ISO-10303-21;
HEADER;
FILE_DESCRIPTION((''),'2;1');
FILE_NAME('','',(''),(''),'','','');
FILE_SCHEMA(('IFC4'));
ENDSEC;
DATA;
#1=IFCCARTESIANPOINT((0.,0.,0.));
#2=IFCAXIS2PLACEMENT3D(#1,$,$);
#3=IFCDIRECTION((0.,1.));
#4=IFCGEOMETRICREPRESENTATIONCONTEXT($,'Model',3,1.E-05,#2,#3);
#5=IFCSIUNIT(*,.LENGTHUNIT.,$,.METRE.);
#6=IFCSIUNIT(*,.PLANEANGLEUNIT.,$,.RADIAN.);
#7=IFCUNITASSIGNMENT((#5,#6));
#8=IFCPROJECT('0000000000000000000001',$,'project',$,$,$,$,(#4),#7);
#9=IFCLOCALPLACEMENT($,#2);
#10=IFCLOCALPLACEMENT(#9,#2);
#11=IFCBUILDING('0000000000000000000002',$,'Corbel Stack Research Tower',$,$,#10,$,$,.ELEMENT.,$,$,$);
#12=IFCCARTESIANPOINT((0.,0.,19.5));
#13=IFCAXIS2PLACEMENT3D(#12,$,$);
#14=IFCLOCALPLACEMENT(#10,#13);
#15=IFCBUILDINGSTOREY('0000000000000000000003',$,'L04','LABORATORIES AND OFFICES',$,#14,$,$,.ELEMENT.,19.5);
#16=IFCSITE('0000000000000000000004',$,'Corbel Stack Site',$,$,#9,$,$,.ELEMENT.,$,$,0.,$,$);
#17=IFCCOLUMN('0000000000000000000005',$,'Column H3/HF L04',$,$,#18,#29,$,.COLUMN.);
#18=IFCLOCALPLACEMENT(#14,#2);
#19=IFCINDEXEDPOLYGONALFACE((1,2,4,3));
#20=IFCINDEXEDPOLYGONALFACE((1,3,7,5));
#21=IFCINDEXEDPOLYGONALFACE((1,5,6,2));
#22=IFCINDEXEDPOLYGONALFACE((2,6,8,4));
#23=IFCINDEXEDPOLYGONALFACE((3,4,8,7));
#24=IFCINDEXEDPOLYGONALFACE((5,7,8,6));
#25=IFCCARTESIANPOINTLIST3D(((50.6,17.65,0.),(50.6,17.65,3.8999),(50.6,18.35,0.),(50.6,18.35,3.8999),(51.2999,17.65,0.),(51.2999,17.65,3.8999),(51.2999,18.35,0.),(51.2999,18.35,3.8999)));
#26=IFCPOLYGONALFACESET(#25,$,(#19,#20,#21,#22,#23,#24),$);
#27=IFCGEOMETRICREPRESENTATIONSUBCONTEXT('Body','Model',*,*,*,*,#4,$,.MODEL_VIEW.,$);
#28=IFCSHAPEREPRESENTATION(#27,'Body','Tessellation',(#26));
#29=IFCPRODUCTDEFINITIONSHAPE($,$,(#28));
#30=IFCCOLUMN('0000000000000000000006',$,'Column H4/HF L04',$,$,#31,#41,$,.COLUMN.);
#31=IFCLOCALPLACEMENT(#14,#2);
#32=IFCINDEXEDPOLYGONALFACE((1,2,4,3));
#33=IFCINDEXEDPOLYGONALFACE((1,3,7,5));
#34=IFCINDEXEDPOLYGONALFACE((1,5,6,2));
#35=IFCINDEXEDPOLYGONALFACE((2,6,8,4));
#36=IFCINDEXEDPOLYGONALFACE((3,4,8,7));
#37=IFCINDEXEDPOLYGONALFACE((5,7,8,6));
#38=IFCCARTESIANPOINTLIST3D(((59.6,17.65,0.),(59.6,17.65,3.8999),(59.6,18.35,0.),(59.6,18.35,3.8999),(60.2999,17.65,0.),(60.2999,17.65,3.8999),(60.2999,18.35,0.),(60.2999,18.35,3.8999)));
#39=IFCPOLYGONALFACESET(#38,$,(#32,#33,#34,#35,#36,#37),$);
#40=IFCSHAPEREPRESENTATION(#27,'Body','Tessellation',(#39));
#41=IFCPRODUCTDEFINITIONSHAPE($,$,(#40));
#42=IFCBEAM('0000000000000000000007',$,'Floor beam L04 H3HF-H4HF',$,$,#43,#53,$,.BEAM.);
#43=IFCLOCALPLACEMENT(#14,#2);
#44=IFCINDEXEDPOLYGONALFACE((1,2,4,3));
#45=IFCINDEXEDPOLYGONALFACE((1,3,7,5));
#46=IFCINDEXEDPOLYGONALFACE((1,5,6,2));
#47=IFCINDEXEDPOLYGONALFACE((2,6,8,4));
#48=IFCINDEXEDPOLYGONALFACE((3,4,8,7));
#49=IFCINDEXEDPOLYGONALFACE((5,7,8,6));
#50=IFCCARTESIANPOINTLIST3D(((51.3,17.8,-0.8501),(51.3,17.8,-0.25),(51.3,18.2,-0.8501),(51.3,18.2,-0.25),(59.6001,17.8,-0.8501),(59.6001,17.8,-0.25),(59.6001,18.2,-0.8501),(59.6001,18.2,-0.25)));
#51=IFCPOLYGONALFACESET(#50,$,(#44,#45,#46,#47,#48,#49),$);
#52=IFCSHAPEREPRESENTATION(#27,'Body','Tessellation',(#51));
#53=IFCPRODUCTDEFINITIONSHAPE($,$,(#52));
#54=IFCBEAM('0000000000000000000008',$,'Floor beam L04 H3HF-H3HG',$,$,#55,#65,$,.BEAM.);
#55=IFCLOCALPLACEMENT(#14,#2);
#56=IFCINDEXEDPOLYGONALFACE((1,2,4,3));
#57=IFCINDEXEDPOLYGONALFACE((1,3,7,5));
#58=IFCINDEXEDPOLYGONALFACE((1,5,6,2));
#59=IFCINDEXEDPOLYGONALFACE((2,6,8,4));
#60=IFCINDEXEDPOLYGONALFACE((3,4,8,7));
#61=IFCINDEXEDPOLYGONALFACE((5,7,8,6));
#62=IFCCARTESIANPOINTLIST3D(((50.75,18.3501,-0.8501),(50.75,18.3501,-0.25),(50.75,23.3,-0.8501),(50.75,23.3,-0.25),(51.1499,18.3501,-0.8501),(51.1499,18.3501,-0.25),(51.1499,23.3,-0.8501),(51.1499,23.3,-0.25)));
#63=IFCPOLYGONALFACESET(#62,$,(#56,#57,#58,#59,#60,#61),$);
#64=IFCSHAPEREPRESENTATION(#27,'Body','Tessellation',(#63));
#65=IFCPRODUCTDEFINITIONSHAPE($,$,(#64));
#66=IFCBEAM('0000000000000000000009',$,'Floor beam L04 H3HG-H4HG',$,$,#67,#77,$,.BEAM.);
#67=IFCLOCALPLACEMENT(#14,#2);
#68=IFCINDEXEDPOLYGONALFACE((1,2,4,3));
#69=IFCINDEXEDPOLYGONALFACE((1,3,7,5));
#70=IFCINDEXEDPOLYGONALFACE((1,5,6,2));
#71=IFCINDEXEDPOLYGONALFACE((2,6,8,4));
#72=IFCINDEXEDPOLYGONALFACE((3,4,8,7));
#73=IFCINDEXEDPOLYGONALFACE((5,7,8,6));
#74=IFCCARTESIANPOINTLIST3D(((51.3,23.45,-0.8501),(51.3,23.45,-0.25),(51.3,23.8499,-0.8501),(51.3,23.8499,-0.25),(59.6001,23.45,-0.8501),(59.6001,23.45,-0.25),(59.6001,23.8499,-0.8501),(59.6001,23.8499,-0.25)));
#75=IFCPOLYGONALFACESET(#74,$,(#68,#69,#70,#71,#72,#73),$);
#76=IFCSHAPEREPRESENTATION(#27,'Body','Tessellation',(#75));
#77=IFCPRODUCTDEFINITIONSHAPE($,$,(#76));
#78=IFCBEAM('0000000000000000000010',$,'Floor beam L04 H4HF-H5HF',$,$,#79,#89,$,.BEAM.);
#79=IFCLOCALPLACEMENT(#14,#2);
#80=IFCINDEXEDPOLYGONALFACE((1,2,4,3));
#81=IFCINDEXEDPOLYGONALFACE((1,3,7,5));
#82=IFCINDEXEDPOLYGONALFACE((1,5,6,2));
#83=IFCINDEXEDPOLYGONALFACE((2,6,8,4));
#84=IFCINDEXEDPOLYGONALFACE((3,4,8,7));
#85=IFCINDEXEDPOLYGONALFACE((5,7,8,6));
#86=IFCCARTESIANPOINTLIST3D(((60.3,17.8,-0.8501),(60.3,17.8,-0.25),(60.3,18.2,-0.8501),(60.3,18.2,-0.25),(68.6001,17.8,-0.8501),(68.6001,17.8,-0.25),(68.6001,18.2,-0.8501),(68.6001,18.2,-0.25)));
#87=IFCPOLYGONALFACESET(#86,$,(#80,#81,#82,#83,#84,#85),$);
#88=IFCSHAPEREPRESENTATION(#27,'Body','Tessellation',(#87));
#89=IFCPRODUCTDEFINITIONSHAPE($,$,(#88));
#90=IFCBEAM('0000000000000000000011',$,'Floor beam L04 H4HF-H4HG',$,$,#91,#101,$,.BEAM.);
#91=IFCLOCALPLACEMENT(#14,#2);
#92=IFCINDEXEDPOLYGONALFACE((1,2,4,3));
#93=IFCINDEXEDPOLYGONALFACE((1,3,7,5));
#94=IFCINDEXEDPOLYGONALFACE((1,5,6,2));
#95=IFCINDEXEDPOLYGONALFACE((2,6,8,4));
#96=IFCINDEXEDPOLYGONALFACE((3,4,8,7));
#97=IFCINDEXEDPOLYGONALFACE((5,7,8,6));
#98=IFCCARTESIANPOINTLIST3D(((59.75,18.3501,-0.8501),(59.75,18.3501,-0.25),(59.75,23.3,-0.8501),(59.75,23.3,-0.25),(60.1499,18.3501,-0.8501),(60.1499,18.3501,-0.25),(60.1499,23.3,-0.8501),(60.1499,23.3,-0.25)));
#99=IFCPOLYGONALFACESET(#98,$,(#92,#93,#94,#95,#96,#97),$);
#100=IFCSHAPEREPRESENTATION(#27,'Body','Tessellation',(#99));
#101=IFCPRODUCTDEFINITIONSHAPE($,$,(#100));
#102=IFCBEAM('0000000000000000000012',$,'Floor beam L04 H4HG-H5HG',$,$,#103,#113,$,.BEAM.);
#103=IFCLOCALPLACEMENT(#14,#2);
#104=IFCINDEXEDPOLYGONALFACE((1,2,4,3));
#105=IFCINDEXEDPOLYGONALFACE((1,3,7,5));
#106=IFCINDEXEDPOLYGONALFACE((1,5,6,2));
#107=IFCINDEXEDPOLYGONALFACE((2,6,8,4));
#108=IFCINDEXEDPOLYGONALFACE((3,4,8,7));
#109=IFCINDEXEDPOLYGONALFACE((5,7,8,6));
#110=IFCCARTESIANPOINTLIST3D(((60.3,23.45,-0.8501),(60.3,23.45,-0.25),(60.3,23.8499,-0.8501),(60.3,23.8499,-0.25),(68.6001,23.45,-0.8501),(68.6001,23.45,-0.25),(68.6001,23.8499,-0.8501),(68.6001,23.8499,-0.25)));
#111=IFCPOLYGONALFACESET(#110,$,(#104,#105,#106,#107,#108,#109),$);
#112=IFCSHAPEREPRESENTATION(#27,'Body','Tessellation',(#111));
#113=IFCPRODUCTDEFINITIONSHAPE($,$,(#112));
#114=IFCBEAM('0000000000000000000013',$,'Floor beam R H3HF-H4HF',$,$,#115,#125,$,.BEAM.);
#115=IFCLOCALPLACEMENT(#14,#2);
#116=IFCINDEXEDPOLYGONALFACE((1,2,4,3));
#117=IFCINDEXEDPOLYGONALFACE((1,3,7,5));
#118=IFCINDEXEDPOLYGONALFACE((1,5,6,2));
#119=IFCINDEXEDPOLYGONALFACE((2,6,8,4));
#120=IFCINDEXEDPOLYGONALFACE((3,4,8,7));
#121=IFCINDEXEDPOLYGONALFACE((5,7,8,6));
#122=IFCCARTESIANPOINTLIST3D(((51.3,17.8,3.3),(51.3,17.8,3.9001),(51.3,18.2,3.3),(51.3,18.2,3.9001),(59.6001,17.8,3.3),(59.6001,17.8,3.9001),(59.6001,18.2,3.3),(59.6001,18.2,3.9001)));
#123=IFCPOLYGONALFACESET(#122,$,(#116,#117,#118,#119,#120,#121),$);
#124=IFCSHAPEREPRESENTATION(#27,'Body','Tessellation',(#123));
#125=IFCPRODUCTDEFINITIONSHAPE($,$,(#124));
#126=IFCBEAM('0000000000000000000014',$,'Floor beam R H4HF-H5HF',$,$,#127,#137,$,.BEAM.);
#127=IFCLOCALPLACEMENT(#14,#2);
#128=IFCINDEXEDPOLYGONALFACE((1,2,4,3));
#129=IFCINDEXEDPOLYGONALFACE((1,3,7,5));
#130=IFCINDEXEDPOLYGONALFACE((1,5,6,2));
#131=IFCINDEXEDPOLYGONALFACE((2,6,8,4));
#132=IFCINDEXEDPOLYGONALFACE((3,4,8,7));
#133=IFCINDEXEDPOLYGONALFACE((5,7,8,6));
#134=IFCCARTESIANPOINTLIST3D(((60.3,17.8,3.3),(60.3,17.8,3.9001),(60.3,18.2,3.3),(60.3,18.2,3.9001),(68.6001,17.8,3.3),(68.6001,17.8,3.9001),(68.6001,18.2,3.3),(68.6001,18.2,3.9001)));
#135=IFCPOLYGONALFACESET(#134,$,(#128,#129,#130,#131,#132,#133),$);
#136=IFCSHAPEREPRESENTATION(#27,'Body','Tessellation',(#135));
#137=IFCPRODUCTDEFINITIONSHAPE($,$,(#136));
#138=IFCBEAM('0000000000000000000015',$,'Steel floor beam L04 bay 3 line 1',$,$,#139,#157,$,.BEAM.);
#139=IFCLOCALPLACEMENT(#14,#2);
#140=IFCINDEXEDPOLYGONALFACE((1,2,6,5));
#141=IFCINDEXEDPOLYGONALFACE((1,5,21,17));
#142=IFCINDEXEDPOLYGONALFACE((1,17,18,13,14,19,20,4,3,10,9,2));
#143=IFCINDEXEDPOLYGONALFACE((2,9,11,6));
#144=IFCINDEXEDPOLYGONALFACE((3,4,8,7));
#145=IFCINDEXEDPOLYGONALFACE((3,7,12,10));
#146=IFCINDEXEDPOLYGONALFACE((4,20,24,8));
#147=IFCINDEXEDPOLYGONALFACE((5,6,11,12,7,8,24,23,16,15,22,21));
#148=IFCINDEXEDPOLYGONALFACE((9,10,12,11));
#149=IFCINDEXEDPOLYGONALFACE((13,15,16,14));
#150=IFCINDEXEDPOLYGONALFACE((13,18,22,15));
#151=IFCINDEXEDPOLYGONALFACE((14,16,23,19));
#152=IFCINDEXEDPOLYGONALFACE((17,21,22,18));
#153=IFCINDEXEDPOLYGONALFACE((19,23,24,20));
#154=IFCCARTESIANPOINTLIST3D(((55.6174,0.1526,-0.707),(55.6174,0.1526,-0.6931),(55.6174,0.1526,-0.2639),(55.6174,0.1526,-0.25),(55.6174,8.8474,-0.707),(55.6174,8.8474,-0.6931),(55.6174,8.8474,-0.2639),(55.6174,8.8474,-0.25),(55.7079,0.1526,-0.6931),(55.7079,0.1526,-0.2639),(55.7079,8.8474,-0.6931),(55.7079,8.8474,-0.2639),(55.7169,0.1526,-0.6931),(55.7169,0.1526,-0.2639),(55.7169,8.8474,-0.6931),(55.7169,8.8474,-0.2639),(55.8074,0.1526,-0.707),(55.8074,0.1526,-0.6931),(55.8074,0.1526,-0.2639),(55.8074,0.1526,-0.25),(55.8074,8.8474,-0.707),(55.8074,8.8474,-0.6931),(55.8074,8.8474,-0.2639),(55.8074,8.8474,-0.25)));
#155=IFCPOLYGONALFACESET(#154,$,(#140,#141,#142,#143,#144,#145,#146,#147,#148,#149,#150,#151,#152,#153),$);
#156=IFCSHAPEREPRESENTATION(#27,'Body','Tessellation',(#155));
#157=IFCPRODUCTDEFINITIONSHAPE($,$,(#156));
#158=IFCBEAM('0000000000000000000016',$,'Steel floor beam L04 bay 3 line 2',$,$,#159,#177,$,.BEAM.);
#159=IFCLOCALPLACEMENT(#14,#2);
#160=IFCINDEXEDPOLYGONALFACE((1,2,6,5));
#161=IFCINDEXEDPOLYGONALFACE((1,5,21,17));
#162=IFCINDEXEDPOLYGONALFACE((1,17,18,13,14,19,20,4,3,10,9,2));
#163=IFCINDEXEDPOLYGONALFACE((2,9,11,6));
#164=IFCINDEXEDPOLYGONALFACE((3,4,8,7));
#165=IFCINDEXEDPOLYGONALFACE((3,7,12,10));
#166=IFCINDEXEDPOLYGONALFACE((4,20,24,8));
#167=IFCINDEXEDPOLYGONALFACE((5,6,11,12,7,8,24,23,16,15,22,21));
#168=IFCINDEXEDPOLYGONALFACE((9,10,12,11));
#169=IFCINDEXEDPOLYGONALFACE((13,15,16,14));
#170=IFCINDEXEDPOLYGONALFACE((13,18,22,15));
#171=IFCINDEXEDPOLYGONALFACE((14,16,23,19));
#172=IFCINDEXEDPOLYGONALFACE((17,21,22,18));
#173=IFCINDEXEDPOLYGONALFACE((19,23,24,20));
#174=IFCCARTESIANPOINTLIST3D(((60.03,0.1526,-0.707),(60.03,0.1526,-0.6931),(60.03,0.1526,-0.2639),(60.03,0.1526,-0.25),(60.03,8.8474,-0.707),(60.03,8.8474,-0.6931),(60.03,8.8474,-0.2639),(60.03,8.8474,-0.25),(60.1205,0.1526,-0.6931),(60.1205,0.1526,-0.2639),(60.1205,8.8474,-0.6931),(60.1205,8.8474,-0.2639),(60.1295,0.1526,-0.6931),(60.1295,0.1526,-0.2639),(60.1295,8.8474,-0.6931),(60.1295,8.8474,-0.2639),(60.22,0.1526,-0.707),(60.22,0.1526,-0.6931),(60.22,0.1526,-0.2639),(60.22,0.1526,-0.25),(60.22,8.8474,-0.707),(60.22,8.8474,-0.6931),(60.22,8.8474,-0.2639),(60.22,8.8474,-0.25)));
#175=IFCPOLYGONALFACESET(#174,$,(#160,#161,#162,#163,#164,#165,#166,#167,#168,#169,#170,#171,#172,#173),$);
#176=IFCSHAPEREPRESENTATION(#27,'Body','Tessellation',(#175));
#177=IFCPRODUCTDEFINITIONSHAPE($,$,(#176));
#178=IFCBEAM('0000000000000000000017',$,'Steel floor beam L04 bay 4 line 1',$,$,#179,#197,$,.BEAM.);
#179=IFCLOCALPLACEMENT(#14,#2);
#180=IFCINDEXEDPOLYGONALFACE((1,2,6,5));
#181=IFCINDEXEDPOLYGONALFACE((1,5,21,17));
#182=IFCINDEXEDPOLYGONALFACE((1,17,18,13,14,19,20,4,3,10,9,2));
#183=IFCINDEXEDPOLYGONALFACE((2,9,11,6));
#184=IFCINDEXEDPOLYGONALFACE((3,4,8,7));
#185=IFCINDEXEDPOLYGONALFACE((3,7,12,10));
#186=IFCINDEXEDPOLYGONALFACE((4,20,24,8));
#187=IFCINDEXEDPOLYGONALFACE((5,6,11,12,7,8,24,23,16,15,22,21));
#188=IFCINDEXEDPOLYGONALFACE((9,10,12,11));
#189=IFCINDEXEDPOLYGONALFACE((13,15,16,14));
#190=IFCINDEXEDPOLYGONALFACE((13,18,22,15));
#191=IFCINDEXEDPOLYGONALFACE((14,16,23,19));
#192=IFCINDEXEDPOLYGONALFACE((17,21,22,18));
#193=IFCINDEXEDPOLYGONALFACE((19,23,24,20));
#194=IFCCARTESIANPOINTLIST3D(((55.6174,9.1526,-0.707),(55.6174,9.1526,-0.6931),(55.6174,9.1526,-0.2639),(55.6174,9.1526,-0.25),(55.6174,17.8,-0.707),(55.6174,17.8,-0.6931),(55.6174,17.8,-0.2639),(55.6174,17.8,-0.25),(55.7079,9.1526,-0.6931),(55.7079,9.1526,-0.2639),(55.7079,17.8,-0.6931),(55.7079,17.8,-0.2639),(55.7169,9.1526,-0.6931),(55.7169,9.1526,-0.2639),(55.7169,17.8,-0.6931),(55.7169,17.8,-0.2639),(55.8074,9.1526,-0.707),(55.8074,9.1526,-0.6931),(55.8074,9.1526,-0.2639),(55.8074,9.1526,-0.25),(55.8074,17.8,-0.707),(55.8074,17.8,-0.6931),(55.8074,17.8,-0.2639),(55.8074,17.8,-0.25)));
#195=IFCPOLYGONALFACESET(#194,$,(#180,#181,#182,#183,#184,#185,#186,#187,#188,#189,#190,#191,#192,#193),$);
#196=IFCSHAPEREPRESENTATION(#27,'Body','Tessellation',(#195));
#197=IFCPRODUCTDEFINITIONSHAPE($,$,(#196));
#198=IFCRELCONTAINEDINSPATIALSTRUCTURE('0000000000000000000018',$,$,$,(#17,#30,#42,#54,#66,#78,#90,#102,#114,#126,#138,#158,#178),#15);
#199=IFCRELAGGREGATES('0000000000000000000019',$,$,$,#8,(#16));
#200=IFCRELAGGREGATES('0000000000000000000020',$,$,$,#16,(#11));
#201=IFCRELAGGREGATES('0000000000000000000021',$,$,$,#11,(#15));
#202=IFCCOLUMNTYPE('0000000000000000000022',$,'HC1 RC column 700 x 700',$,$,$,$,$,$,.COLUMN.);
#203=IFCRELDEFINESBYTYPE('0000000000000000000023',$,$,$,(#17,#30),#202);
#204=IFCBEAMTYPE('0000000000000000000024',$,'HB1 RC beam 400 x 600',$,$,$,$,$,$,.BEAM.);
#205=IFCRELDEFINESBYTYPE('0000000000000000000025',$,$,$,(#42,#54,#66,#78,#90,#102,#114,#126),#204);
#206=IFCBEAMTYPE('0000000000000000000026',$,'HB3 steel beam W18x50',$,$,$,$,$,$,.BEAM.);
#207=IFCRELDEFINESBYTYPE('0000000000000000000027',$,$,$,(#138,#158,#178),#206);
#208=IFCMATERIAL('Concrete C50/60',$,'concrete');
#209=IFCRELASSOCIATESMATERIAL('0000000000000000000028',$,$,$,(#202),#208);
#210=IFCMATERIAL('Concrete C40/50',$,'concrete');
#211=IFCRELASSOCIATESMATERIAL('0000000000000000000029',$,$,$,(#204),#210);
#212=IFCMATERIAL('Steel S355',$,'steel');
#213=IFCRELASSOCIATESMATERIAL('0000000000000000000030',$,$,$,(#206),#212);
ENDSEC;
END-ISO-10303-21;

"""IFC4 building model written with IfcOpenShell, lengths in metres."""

from ifc_helpers import new_model, si_unit, direction, frame, origin, origin_2d, place, context, subcontext, project, spatial, rectangle, i_section, extrude, material, material_profile, profile_set, type_object, element, save


model = new_model("IFC4")

# Units and contexts
model_context = context("Model", 3, precision=1e-05, world=origin(), true_north=direction((0.0, 1.0)))
body_context = subcontext(model_context, "Body", "Model", "MODEL_VIEW")
ifc_project = project(units=[si_unit("LENGTHUNIT", "METRE"), si_unit("PLANEANGLEUNIT", "RADIAN")], contexts=[model_context])

# Site, building, storey
site_placement = place(None, origin())
site = spatial("IfcSite", under=ifc_project, at=site_placement, Name="Corbel Stack Site", CompositionType="ELEMENT", RefElevation=0.0)
building_placement = place(site_placement, origin())
building = spatial("IfcBuilding", under=site, at=building_placement, Name="Corbel Stack Research Tower", CompositionType="ELEMENT")
storey_placement = place(building_placement, frame((0.0, 0.0, 19.5)))
storey = spatial("IfcBuildingStorey", under=building, at=storey_placement, Name="L04", Description="LABORATORIES AND OFFICES", CompositionType="ELEMENT", Elevation=19.5)

# Columns
ifc_material_1 = material(Name="Concrete C50/60", Category="concrete")
ifc_material_profile_1 = material_profile(ifc_material_1, rectangle(XDim=0.7, YDim=0.7, at=origin_2d()), Name="RC 700 x 700")
ifc_profile_set_1 = profile_set([ifc_material_profile_1], Name="Concrete C50/60")
column_type = type_object("IfcColumnType", Name="HC1 RC column 700 x 700", PredefinedType="COLUMN", material=ifc_profile_set_1)
for number, where, z_axis, x_axis, name in (
    (1, (50.95, 18.0, 0.0), (0.0, 0.0, 1.0), (1.0, 0.0, 0.0), "Column H3/HF L04"),
    (2, (59.95, 18.0, 0.0), (0.0, 0.0, 1.0), (1.0, 0.0, 0.0), "Column H4/HF L04"),
):
    element("IfcColumn", number, at=place(storey_placement, frame(where, z_axis=z_axis, x_axis=x_axis)), inside=storey, type_object=column_type, Name=name, PredefinedType="COLUMN", context=body_context, shape_type="SweptSolid", body=[
        extrude(rectangle(XDim=0.7, YDim=0.7, at=origin_2d()), origin(), (0.0, 0.0, 1.0), 3.8999),
    ])

# Beams
ifc_material_2 = material(Name="Concrete C40/50", Category="concrete")
ifc_material_profile_2 = material_profile(ifc_material_2, rectangle(XDim=0.3999, YDim=0.6001, at=origin_2d()), Name="RC 400 x 600")
ifc_profile_set_2 = profile_set([ifc_material_profile_2], Name="Concrete C40/50")
beam_type_1 = type_object("IfcBeamType", Name="HB1 RC beam 400 x 600", PredefinedType="BEAM", material=ifc_profile_set_2)
beam_1_placement = place(storey_placement, frame((51.3, 18.0, -0.55), z_axis=(1.0, 0.0, 0.0), x_axis=(0.0, 1.0, 0.0)))
element("IfcBeam", 3, at=beam_1_placement, inside=storey, type_object=beam_type_1, Name="Floor beam L04 H3HF-H4HF", PredefinedType="BEAM", context=body_context, shape_type="SweptSolid", body=[
    extrude(rectangle(XDim=0.3999, YDim=0.6001, at=origin_2d()), origin(), (0.0, 0.0, 1.0), 8.3),
])
beam_2_placement = place(storey_placement, frame((50.95, 18.3501, -0.55), z_axis=(0.0, 1.0, 0.0), x_axis=(-1.0, 0.0, 0.0)))
element("IfcBeam", 4, at=beam_2_placement, inside=storey, type_object=beam_type_1, Name="Floor beam L04 H3HF-H3HG", PredefinedType="BEAM", context=body_context, shape_type="SweptSolid", body=[
    extrude(rectangle(XDim=0.3999, YDim=0.6001, at=origin_2d()), origin(), (0.0, 0.0, 1.0), 4.95),
])
for number, where, z_axis, x_axis, name in (
    (5, (51.3, 23.6499, -0.55), (1.0, 0.0, 0.0), (0.0, 1.0, 0.0), "Floor beam L04 H3HG-H4HG"),
    (6, (60.3, 18.0, -0.55), (1.0, 0.0, 0.0), (0.0, 1.0, 0.0), "Floor beam L04 H4HF-H5HF"),
):
    element("IfcBeam", number, at=place(storey_placement, frame(where, z_axis=z_axis, x_axis=x_axis)), inside=storey, type_object=beam_type_1, Name=name, PredefinedType="BEAM", context=body_context, shape_type="SweptSolid", body=[
        extrude(rectangle(XDim=0.3999, YDim=0.6001, at=origin_2d()), origin(), (0.0, 0.0, 1.0), 8.3),
    ])
beam_3_placement = place(storey_placement, frame((59.95, 18.3501, -0.55), z_axis=(0.0, 1.0, 0.0), x_axis=(-1.0, 0.0, 0.0)))
element("IfcBeam", 7, at=beam_3_placement, inside=storey, type_object=beam_type_1, Name="Floor beam L04 H4HF-H4HG", PredefinedType="BEAM", context=body_context, shape_type="SweptSolid", body=[
    extrude(rectangle(XDim=0.3999, YDim=0.6001, at=origin_2d()), origin(), (0.0, 0.0, 1.0), 4.95),
])
for number, where, z_axis, x_axis, name in (
    (8, (60.3, 23.6499, -0.55), (1.0, 0.0, 0.0), (0.0, 1.0, 0.0), "Floor beam L04 H4HG-H5HG"),
    (9, (51.3, 18.0, 3.6001), (1.0, 0.0, 0.0), (0.0, 1.0, 0.0), "Floor beam R H3HF-H4HF"),
    (10, (60.3, 18.0, 3.6001), (1.0, 0.0, 0.0), (0.0, 1.0, 0.0), "Floor beam R H4HF-H5HF"),
):
    element("IfcBeam", number, at=place(storey_placement, frame(where, z_axis=z_axis, x_axis=x_axis)), inside=storey, type_object=beam_type_1, Name=name, PredefinedType="BEAM", context=body_context, shape_type="SweptSolid", body=[
        extrude(rectangle(XDim=0.3999, YDim=0.6001, at=origin_2d()), origin(), (0.0, 0.0, 1.0), 8.3),
    ])
ifc_material_3 = material(Name="Steel S355", Category="steel")
ifc_material_profile_3 = material_profile(ifc_material_3, i_section(OverallWidth=0.1899, OverallDepth=0.457, WebThickness=0.009, FlangeThickness=0.0139, at=origin_2d()), Name="W18x50")
ifc_profile_set_3 = profile_set([ifc_material_profile_3], Name="Steel S355")
beam_type_2 = type_object("IfcBeamType", Name="HB3 steel beam W18x50", PredefinedType="BEAM", material=ifc_profile_set_3)
for number, where, z_axis, x_axis, name in (
    (11, (55.7124, 0.1526, -0.4785), (0.0, 1.0, 0.0), (-1.0, 0.0, 0.0), "Steel floor beam L04 bay 3 line 1"),
    (12, (60.125, 0.1526, -0.4785), (0.0, 1.0, 0.0), (-1.0, 0.0, 0.0), "Steel floor beam L04 bay 3 line 2"),
):
    element("IfcBeam", number, at=place(storey_placement, frame(where, z_axis=z_axis, x_axis=x_axis)), inside=storey, type_object=beam_type_2, Name=name, PredefinedType="BEAM", context=body_context, shape_type="SweptSolid", body=[
        extrude(i_section(OverallWidth=0.1899, OverallDepth=0.457, WebThickness=0.009, FlangeThickness=0.0139, at=origin_2d()), origin(), (0.0, 0.0, 1.0), 8.6948),
    ])
for number, where, z_axis, x_axis, name in (
    (13, (55.7124, 9.1526, -0.4785), (0.0, 1.0, 0.0), (-1.0, 0.0, 0.0), "Steel floor beam L04 bay 4 line 1"),
):
    element("IfcBeam", number, at=place(storey_placement, frame(where, z_axis=z_axis, x_axis=x_axis)), inside=storey, type_object=beam_type_2, Name=name, PredefinedType="BEAM", context=body_context, shape_type="SweptSolid", body=[
        extrude(i_section(OverallWidth=0.1899, OverallDepth=0.457, WebThickness=0.009, FlangeThickness=0.0139, at=origin_2d()), origin(), (0.0, 0.0, 1.0), 8.6475),
    ])

save(model, "model.ifc")
